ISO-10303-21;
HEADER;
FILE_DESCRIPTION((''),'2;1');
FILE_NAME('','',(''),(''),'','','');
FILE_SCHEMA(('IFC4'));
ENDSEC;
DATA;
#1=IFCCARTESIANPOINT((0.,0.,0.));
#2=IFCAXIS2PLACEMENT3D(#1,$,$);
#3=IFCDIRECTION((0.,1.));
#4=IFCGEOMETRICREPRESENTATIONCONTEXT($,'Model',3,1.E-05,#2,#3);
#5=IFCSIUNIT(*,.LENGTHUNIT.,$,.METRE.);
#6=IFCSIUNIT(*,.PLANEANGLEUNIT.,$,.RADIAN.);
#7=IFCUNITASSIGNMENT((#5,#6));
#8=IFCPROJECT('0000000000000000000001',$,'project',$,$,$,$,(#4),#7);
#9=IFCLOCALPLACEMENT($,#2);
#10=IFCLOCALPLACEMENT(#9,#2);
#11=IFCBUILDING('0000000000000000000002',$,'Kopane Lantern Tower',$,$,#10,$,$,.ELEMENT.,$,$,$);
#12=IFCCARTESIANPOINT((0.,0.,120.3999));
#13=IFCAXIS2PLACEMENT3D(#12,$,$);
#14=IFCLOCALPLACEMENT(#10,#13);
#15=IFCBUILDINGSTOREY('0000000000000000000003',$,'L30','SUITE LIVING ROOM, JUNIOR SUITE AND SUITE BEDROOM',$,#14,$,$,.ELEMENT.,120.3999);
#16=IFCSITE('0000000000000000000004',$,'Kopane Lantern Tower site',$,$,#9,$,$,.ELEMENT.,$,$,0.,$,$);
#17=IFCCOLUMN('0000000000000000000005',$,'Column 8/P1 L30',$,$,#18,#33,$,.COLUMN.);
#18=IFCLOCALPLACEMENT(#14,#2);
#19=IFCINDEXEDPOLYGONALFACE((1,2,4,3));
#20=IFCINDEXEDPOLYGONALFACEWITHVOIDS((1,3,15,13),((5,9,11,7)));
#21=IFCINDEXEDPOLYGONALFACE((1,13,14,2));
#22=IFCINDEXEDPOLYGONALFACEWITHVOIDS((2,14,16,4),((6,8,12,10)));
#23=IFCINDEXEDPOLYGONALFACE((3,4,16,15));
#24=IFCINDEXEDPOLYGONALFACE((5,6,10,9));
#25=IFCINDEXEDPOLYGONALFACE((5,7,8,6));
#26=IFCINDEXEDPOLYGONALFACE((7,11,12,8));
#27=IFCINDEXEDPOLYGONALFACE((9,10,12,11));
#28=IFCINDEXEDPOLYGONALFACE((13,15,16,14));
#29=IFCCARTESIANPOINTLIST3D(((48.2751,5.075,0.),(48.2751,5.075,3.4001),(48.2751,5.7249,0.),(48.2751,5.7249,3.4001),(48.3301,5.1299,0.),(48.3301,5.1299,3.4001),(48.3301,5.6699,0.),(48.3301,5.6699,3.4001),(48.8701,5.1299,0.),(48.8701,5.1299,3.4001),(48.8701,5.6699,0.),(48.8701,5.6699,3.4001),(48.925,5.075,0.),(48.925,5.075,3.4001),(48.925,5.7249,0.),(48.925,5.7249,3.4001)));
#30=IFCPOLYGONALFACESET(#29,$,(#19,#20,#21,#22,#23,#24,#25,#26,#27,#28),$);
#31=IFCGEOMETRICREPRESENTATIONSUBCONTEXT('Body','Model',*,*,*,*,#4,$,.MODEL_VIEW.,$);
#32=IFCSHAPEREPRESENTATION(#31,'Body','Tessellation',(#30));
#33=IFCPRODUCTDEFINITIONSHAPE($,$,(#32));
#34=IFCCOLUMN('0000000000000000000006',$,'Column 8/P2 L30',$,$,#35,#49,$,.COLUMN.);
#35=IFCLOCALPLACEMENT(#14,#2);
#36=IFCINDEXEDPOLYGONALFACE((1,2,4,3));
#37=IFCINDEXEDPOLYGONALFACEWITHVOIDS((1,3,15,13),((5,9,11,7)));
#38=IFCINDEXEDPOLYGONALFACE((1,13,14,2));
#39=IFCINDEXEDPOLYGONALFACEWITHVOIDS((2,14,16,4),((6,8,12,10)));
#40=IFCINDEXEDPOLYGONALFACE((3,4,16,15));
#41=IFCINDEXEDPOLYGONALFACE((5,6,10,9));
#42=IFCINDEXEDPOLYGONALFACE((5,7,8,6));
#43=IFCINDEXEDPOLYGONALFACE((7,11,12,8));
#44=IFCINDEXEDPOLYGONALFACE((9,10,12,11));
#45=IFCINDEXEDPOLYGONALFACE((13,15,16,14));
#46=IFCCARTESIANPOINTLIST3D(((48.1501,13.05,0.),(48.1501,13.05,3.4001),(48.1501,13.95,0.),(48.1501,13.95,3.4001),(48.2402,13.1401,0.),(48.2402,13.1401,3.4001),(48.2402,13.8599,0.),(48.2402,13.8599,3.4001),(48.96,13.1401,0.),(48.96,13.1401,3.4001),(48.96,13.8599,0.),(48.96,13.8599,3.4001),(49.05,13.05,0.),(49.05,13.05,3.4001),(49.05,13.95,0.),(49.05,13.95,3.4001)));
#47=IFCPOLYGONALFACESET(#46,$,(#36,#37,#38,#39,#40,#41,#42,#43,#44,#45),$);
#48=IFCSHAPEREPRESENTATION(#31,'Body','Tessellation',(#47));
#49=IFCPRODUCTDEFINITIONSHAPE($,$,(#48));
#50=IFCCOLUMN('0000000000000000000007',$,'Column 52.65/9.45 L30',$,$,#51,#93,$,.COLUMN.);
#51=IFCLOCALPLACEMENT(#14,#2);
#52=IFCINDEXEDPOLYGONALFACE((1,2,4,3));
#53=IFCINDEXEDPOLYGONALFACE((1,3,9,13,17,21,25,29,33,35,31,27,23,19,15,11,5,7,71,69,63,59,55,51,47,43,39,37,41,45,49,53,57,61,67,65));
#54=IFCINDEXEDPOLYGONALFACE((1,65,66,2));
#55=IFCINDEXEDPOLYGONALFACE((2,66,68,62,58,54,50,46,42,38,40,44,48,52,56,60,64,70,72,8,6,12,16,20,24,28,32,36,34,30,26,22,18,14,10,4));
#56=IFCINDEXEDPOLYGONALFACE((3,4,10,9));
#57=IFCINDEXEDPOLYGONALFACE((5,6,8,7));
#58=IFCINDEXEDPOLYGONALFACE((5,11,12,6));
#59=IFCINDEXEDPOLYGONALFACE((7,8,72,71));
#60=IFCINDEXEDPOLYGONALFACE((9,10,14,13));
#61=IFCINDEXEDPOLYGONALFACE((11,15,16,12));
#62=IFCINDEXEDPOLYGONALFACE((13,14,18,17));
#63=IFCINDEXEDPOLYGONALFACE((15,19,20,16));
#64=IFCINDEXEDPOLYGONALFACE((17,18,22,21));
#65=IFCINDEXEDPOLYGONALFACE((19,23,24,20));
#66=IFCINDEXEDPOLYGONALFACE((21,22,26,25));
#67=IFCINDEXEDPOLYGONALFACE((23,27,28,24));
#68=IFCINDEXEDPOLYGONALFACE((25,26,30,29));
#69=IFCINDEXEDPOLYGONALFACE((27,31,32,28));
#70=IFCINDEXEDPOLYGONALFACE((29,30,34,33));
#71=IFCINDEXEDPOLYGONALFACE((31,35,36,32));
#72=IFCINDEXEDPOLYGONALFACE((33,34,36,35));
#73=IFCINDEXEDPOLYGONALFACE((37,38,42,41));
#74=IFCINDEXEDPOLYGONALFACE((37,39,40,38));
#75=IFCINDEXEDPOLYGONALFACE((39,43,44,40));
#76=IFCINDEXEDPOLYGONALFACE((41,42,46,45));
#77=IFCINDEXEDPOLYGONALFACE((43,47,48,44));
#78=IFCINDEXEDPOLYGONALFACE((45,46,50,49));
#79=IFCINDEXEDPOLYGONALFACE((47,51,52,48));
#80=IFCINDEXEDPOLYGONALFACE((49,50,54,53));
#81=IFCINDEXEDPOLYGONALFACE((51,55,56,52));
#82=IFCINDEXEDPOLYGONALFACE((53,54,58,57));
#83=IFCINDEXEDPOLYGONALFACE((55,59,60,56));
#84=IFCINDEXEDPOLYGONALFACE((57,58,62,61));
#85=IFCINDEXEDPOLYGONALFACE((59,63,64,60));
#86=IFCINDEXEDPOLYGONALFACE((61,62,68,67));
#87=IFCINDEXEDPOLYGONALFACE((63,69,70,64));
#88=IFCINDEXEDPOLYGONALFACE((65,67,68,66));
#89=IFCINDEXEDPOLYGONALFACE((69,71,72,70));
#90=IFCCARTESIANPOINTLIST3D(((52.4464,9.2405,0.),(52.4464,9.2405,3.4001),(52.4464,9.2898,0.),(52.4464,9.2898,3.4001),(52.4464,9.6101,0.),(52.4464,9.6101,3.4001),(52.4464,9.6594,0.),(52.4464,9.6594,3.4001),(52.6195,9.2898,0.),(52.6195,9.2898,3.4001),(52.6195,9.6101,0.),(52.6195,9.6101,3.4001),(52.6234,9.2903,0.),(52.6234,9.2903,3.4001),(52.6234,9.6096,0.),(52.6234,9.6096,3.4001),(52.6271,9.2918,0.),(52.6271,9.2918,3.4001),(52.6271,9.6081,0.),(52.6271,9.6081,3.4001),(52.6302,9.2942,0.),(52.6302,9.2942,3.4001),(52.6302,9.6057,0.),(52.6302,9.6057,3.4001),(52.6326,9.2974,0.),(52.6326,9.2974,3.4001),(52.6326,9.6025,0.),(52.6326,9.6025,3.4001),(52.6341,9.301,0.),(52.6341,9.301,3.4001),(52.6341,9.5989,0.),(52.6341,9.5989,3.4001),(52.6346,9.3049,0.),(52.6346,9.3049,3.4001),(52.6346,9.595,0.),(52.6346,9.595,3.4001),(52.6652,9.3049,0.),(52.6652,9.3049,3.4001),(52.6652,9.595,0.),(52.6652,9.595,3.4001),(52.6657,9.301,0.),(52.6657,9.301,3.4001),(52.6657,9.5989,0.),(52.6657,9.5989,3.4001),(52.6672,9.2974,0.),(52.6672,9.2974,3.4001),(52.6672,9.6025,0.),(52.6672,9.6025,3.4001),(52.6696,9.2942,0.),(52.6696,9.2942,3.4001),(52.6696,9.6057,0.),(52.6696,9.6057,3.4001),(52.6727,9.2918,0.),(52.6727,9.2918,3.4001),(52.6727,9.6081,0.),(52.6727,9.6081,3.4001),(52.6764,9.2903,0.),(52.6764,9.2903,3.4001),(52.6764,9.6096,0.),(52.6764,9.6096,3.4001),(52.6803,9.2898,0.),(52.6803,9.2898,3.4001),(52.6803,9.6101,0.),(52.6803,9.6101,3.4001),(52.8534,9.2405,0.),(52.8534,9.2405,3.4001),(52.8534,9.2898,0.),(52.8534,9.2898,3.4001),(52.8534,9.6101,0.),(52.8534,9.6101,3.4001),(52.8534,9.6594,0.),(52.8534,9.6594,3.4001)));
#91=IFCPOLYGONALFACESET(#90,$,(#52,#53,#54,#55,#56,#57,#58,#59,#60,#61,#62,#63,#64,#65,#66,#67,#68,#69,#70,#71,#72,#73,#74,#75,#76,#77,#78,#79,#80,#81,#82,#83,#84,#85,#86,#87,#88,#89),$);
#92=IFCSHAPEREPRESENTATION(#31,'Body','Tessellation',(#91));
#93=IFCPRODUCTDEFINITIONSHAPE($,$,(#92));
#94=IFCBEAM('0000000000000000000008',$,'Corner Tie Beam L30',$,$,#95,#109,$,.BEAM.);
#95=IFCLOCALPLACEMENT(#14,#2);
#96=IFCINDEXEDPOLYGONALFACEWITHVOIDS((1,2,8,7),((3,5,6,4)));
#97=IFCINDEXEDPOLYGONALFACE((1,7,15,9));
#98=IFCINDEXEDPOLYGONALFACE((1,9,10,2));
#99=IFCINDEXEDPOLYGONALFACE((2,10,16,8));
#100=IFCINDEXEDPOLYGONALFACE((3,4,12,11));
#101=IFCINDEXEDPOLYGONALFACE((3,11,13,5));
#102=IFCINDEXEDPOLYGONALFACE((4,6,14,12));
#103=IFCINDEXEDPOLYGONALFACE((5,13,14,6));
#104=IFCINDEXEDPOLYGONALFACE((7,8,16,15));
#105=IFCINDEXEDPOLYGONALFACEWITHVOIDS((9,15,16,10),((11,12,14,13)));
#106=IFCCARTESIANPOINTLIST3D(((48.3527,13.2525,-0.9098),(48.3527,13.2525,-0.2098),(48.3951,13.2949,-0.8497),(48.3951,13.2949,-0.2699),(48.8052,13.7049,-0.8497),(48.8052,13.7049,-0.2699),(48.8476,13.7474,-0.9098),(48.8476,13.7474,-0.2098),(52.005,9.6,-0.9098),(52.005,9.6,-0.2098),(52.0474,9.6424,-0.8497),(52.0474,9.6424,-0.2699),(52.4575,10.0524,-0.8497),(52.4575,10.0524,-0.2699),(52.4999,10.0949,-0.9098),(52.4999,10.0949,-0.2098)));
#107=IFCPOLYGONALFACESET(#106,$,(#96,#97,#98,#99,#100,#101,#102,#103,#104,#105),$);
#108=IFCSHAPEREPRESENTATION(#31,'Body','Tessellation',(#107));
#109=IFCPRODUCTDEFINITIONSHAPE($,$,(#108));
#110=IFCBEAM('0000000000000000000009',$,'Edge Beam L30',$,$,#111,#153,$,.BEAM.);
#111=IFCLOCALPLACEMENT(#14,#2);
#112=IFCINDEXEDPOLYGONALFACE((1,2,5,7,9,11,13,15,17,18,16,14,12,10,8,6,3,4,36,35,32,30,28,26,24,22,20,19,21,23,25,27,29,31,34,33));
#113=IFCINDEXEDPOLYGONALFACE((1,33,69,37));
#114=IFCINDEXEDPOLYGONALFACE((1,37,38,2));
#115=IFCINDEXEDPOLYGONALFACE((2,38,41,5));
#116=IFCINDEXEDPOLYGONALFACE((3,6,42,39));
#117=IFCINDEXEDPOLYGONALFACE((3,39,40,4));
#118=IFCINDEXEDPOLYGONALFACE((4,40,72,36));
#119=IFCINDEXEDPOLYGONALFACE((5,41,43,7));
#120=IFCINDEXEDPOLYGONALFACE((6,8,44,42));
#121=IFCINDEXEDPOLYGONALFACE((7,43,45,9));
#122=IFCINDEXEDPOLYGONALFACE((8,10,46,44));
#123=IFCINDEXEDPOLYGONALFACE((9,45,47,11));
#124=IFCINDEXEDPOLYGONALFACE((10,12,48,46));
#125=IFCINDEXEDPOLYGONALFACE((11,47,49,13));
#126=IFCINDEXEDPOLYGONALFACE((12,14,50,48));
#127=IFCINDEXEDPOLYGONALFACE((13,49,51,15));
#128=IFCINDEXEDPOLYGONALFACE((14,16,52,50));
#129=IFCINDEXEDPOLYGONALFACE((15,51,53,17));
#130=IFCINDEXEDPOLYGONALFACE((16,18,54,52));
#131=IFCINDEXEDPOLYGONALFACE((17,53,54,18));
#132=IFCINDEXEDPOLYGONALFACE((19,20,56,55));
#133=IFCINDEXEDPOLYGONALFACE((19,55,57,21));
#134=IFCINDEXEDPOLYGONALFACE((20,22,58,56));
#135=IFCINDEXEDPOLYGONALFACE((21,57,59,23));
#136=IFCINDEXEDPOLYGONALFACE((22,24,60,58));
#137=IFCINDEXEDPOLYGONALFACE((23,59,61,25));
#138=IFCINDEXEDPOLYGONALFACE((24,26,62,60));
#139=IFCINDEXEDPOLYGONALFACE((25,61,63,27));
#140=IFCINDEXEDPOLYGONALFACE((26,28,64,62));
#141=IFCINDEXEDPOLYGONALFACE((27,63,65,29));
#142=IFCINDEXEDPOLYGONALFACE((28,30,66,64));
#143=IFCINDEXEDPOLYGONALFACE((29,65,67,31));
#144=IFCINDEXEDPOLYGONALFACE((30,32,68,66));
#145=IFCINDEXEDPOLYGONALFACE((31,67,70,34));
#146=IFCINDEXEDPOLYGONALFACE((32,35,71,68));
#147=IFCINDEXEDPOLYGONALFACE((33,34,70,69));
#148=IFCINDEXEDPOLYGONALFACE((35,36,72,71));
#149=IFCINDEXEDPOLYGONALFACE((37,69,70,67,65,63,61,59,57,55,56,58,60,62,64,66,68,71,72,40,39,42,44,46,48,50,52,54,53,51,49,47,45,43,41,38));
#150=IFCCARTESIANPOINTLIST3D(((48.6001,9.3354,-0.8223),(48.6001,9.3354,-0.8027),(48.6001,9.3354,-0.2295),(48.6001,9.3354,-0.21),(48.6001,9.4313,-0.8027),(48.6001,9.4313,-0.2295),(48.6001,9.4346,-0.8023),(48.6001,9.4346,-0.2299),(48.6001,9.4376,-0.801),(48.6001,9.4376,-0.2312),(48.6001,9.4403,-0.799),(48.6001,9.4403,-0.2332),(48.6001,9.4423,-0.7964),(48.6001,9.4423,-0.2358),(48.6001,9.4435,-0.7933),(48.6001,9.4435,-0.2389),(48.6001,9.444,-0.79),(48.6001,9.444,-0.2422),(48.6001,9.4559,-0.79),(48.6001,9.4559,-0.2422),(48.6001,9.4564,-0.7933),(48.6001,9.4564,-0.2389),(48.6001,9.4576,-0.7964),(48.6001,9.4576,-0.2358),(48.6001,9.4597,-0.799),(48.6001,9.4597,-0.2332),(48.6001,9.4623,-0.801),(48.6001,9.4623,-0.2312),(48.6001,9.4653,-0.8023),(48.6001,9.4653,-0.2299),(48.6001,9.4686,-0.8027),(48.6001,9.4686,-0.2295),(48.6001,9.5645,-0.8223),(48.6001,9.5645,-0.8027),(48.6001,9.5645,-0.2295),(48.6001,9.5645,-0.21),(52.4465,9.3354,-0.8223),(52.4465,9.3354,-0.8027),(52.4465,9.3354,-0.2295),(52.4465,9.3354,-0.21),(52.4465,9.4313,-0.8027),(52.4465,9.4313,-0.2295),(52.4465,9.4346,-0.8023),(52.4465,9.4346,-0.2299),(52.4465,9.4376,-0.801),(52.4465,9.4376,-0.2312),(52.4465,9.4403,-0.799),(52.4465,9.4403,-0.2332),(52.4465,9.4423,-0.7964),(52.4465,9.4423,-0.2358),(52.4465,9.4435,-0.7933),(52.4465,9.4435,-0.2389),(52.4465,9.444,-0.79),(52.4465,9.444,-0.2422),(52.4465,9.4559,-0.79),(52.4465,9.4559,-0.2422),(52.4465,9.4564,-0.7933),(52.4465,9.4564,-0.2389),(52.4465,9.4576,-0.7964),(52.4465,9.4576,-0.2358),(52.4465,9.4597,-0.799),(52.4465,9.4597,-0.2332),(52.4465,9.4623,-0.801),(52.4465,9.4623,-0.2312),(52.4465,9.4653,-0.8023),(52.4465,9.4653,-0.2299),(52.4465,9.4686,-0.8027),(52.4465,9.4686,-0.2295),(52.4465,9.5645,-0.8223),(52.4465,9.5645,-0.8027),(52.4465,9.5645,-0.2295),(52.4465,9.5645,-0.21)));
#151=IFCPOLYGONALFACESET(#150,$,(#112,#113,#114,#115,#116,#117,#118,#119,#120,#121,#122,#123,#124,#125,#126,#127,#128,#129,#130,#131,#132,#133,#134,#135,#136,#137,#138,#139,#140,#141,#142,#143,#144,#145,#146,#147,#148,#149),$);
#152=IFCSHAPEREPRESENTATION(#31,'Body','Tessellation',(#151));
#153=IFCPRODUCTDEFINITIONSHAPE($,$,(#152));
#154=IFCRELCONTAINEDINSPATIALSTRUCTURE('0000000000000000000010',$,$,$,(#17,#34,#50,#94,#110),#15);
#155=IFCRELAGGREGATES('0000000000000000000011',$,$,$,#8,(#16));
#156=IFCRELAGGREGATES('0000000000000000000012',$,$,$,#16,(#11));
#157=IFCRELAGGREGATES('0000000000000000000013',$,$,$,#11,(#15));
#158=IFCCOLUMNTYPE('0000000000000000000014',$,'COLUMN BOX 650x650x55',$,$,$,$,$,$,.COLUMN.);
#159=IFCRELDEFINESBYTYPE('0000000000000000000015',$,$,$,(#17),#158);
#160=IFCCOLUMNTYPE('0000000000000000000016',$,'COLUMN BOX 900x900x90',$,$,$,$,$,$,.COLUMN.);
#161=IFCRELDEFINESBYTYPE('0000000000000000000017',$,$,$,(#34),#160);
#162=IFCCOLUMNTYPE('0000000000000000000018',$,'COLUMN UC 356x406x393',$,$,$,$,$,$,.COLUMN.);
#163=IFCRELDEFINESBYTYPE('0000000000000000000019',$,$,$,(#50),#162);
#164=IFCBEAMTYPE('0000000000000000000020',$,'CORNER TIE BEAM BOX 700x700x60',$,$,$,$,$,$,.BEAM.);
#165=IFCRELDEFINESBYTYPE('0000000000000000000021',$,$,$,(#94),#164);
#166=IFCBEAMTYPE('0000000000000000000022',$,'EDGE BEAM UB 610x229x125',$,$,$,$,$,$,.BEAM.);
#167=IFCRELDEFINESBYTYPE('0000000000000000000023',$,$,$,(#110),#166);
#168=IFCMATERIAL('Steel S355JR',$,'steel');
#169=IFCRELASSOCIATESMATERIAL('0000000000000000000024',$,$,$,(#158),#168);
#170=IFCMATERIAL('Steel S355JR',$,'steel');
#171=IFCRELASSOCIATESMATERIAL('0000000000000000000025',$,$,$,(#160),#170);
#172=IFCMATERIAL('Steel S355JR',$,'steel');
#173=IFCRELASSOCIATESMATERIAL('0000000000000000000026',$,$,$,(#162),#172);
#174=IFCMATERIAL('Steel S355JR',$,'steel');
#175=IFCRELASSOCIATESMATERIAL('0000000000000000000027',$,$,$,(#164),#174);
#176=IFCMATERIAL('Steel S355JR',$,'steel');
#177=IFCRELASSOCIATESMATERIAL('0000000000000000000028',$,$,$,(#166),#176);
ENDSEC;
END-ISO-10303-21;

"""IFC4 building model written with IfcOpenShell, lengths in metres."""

from ifc_helpers import new_model, si_unit, direction, frame, origin, origin_2d, place, context, subcontext, project, spatial, hollow_rectangle, i_section, extrude, material, material_profile, profile_set, type_object, element, save


model = new_model("IFC4")

# Units and contexts
model_context = context("Model", 3, precision=1e-05, world=origin(), true_north=direction((0.0, 1.0)))
body_context = subcontext(model_context, "Body", "Model", "MODEL_VIEW")
ifc_project = project(units=[si_unit("LENGTHUNIT", "METRE"), si_unit("PLANEANGLEUNIT", "RADIAN")], contexts=[model_context])

# Site, building, storey
site_placement = place(None, origin())
site = spatial("IfcSite", under=ifc_project, at=site_placement, Name="Kopane Lantern Tower site", CompositionType="ELEMENT", RefElevation=0.0)
building_placement = place(site_placement, origin())
building = spatial("IfcBuilding", under=site, at=building_placement, Name="Kopane Lantern Tower", CompositionType="ELEMENT")
storey_placement = place(building_placement, frame((0.0, 0.0, 120.3999)))
storey = spatial("IfcBuildingStorey", under=building, at=storey_placement, Name="L30", Description="SUITE LIVING ROOM, JUNIOR SUITE AND SUITE BEDROOM", CompositionType="ELEMENT", Elevation=120.3999)

# Columns
ifc_material_1 = material(Name="Steel S355JR", Category="steel")
ifc_material_profile_1 = material_profile(ifc_material_1, hollow_rectangle(XDim=0.6499, YDim=0.6499, WallThickness=0.0549, at=origin_2d()), Name="BOX 650x650x55")
ifc_profile_set_1 = profile_set([ifc_material_profile_1], Name="Steel S355JR")
column_type_1 = type_object("IfcColumnType", Name="COLUMN BOX 650x650x55", PredefinedType="COLUMN", material=ifc_profile_set_1)
column_1_placement = place(storey_placement, frame((48.6001, 5.3999, 0.0), z_axis=(0.0, 0.0, 1.0), x_axis=(1.0, 0.0, 0.0)))
element("IfcColumn", 1, at=column_1_placement, inside=storey, type_object=column_type_1, Name="Column 8/P1 L30", PredefinedType="COLUMN", context=body_context, shape_type="SweptSolid", body=[
    extrude(hollow_rectangle(XDim=0.6499, YDim=0.6499, WallThickness=0.0549, at=origin_2d()), origin(), (0.0, 0.0, 1.0), 3.4001),
])
ifc_material_2 = material(Name="Steel S355JR", Category="steel")
ifc_material_profile_2 = material_profile(ifc_material_2, hollow_rectangle(XDim=0.8999, YDim=0.8999, WallThickness=0.0901, at=origin_2d()), Name="BOX 900x900x90")
ifc_profile_set_2 = profile_set([ifc_material_profile_2], Name="Steel S355JR")
column_type_2 = type_object("IfcColumnType", Name="COLUMN BOX 900x900x90", PredefinedType="COLUMN", material=ifc_profile_set_2)
column_2_placement = place(storey_placement, frame((48.6001, 13.5, 0.0), z_axis=(0.0, 0.0, 1.0), x_axis=(1.0, 0.0, 0.0)))
element("IfcColumn", 2, at=column_2_placement, inside=storey, type_object=column_type_2, Name="Column 8/P2 L30", PredefinedType="COLUMN", context=body_context, shape_type="SweptSolid", body=[
    extrude(hollow_rectangle(XDim=0.8999, YDim=0.8999, WallThickness=0.0901, at=origin_2d()), origin(), (0.0, 0.0, 1.0), 3.4001),
])
ifc_material_3 = material(Name="Steel S355JR", Category="steel")
ifc_material_profile_3 = material_profile(ifc_material_3, i_section(OverallWidth=0.407, OverallDepth=0.4189, WebThickness=0.0305, FlangeThickness=0.0493, FilletRadius=0.0151, at=origin_2d()), Name="UC 356x406x393")
ifc_profile_set_3 = profile_set([ifc_material_profile_3], Name="Steel S355JR")
column_type_3 = type_object("IfcColumnType", Name="COLUMN UC 356x406x393", PredefinedType="COLUMN", material=ifc_profile_set_3)
column_3_placement = place(storey_placement, frame((52.6499, 9.45, 0.0), z_axis=(0.0, 0.0, 1.0), x_axis=(1.0, 0.0, 0.0)))
element("IfcColumn", 3, at=column_3_placement, inside=storey, type_object=column_type_3, Name="Column 52.65/9.45 L30", PredefinedType="COLUMN", context=body_context, shape_type="SweptSolid", body=[
    extrude(i_section(OverallWidth=0.407, OverallDepth=0.4189, WebThickness=0.0305, FlangeThickness=0.0493, FilletRadius=0.0151, at=origin_2d()), origin(), (0.0, 0.0, 1.0), 3.4001),
])

# Beams
ifc_material_4 = material(Name="Steel S355JR", Category="steel")
ifc_material_profile_4 = material_profile(ifc_material_4, hollow_rectangle(XDim=0.7, YDim=0.7, WallThickness=0.0601, at=origin_2d()), Name="BOX 700x700x60")
ifc_profile_set_4 = profile_set([ifc_material_profile_4], Name="Steel S355JR")
beam_type_1 = type_object("IfcBeamType", Name="CORNER TIE BEAM BOX 700x700x60", PredefinedType="BEAM", material=ifc_profile_set_4)
beam_placement = place(storey_placement, frame((52.2524, 9.8474, -0.5598), z_axis=(-0.707083, 0.70713, 0.0), x_axis=(-0.70713, -0.707083, 0.0)))
element("IfcBeam", 4, at=beam_placement, inside=storey, type_object=beam_type_1, Name="Corner Tie Beam L30", PredefinedType="BEAM", context=body_context, shape_type="SweptSolid", body=[
    extrude(hollow_rectangle(XDim=0.7, YDim=0.7, WallThickness=0.0601, at=origin_2d()), origin(), (0.0, 0.0, 1.0), 5.1653),
])
ifc_material_5 = material(Name="Steel S355JR", Category="steel")
ifc_material_profile_5 = material_profile(ifc_material_5, i_section(OverallWidth=0.229, OverallDepth=0.6123, WebThickness=0.012, FlangeThickness=0.0195, FilletRadius=0.0127, at=origin_2d()), Name="UB 610x229x125")
ifc_profile_set_5 = profile_set([ifc_material_profile_5], Name="Steel S355JR")
beam_type_2 = type_object("IfcBeamType", Name="EDGE BEAM UB 610x229x125", PredefinedType="BEAM", material=ifc_profile_set_5)
for number, where, z_axis, x_axis, name in (
    (5, (52.4465, 9.45, -0.5161), (-1.0, 0.0, 0.0), (0.0, -1.0, 0.0), "Edge Beam L30"),
):
    element("IfcBeam", number, at=place(storey_placement, frame(where, z_axis=z_axis, x_axis=x_axis)), inside=storey, type_object=beam_type_2, Name=name, PredefinedType="BEAM", context=body_context, shape_type="SweptSolid", body=[
        extrude(i_section(OverallWidth=0.229, OverallDepth=0.6123, WebThickness=0.012, FlangeThickness=0.0195, FilletRadius=0.0127, at=origin_2d()), origin(), (0.0, 0.0, 1.0), 3.8464),
    ])

save(model, "model.ifc")
